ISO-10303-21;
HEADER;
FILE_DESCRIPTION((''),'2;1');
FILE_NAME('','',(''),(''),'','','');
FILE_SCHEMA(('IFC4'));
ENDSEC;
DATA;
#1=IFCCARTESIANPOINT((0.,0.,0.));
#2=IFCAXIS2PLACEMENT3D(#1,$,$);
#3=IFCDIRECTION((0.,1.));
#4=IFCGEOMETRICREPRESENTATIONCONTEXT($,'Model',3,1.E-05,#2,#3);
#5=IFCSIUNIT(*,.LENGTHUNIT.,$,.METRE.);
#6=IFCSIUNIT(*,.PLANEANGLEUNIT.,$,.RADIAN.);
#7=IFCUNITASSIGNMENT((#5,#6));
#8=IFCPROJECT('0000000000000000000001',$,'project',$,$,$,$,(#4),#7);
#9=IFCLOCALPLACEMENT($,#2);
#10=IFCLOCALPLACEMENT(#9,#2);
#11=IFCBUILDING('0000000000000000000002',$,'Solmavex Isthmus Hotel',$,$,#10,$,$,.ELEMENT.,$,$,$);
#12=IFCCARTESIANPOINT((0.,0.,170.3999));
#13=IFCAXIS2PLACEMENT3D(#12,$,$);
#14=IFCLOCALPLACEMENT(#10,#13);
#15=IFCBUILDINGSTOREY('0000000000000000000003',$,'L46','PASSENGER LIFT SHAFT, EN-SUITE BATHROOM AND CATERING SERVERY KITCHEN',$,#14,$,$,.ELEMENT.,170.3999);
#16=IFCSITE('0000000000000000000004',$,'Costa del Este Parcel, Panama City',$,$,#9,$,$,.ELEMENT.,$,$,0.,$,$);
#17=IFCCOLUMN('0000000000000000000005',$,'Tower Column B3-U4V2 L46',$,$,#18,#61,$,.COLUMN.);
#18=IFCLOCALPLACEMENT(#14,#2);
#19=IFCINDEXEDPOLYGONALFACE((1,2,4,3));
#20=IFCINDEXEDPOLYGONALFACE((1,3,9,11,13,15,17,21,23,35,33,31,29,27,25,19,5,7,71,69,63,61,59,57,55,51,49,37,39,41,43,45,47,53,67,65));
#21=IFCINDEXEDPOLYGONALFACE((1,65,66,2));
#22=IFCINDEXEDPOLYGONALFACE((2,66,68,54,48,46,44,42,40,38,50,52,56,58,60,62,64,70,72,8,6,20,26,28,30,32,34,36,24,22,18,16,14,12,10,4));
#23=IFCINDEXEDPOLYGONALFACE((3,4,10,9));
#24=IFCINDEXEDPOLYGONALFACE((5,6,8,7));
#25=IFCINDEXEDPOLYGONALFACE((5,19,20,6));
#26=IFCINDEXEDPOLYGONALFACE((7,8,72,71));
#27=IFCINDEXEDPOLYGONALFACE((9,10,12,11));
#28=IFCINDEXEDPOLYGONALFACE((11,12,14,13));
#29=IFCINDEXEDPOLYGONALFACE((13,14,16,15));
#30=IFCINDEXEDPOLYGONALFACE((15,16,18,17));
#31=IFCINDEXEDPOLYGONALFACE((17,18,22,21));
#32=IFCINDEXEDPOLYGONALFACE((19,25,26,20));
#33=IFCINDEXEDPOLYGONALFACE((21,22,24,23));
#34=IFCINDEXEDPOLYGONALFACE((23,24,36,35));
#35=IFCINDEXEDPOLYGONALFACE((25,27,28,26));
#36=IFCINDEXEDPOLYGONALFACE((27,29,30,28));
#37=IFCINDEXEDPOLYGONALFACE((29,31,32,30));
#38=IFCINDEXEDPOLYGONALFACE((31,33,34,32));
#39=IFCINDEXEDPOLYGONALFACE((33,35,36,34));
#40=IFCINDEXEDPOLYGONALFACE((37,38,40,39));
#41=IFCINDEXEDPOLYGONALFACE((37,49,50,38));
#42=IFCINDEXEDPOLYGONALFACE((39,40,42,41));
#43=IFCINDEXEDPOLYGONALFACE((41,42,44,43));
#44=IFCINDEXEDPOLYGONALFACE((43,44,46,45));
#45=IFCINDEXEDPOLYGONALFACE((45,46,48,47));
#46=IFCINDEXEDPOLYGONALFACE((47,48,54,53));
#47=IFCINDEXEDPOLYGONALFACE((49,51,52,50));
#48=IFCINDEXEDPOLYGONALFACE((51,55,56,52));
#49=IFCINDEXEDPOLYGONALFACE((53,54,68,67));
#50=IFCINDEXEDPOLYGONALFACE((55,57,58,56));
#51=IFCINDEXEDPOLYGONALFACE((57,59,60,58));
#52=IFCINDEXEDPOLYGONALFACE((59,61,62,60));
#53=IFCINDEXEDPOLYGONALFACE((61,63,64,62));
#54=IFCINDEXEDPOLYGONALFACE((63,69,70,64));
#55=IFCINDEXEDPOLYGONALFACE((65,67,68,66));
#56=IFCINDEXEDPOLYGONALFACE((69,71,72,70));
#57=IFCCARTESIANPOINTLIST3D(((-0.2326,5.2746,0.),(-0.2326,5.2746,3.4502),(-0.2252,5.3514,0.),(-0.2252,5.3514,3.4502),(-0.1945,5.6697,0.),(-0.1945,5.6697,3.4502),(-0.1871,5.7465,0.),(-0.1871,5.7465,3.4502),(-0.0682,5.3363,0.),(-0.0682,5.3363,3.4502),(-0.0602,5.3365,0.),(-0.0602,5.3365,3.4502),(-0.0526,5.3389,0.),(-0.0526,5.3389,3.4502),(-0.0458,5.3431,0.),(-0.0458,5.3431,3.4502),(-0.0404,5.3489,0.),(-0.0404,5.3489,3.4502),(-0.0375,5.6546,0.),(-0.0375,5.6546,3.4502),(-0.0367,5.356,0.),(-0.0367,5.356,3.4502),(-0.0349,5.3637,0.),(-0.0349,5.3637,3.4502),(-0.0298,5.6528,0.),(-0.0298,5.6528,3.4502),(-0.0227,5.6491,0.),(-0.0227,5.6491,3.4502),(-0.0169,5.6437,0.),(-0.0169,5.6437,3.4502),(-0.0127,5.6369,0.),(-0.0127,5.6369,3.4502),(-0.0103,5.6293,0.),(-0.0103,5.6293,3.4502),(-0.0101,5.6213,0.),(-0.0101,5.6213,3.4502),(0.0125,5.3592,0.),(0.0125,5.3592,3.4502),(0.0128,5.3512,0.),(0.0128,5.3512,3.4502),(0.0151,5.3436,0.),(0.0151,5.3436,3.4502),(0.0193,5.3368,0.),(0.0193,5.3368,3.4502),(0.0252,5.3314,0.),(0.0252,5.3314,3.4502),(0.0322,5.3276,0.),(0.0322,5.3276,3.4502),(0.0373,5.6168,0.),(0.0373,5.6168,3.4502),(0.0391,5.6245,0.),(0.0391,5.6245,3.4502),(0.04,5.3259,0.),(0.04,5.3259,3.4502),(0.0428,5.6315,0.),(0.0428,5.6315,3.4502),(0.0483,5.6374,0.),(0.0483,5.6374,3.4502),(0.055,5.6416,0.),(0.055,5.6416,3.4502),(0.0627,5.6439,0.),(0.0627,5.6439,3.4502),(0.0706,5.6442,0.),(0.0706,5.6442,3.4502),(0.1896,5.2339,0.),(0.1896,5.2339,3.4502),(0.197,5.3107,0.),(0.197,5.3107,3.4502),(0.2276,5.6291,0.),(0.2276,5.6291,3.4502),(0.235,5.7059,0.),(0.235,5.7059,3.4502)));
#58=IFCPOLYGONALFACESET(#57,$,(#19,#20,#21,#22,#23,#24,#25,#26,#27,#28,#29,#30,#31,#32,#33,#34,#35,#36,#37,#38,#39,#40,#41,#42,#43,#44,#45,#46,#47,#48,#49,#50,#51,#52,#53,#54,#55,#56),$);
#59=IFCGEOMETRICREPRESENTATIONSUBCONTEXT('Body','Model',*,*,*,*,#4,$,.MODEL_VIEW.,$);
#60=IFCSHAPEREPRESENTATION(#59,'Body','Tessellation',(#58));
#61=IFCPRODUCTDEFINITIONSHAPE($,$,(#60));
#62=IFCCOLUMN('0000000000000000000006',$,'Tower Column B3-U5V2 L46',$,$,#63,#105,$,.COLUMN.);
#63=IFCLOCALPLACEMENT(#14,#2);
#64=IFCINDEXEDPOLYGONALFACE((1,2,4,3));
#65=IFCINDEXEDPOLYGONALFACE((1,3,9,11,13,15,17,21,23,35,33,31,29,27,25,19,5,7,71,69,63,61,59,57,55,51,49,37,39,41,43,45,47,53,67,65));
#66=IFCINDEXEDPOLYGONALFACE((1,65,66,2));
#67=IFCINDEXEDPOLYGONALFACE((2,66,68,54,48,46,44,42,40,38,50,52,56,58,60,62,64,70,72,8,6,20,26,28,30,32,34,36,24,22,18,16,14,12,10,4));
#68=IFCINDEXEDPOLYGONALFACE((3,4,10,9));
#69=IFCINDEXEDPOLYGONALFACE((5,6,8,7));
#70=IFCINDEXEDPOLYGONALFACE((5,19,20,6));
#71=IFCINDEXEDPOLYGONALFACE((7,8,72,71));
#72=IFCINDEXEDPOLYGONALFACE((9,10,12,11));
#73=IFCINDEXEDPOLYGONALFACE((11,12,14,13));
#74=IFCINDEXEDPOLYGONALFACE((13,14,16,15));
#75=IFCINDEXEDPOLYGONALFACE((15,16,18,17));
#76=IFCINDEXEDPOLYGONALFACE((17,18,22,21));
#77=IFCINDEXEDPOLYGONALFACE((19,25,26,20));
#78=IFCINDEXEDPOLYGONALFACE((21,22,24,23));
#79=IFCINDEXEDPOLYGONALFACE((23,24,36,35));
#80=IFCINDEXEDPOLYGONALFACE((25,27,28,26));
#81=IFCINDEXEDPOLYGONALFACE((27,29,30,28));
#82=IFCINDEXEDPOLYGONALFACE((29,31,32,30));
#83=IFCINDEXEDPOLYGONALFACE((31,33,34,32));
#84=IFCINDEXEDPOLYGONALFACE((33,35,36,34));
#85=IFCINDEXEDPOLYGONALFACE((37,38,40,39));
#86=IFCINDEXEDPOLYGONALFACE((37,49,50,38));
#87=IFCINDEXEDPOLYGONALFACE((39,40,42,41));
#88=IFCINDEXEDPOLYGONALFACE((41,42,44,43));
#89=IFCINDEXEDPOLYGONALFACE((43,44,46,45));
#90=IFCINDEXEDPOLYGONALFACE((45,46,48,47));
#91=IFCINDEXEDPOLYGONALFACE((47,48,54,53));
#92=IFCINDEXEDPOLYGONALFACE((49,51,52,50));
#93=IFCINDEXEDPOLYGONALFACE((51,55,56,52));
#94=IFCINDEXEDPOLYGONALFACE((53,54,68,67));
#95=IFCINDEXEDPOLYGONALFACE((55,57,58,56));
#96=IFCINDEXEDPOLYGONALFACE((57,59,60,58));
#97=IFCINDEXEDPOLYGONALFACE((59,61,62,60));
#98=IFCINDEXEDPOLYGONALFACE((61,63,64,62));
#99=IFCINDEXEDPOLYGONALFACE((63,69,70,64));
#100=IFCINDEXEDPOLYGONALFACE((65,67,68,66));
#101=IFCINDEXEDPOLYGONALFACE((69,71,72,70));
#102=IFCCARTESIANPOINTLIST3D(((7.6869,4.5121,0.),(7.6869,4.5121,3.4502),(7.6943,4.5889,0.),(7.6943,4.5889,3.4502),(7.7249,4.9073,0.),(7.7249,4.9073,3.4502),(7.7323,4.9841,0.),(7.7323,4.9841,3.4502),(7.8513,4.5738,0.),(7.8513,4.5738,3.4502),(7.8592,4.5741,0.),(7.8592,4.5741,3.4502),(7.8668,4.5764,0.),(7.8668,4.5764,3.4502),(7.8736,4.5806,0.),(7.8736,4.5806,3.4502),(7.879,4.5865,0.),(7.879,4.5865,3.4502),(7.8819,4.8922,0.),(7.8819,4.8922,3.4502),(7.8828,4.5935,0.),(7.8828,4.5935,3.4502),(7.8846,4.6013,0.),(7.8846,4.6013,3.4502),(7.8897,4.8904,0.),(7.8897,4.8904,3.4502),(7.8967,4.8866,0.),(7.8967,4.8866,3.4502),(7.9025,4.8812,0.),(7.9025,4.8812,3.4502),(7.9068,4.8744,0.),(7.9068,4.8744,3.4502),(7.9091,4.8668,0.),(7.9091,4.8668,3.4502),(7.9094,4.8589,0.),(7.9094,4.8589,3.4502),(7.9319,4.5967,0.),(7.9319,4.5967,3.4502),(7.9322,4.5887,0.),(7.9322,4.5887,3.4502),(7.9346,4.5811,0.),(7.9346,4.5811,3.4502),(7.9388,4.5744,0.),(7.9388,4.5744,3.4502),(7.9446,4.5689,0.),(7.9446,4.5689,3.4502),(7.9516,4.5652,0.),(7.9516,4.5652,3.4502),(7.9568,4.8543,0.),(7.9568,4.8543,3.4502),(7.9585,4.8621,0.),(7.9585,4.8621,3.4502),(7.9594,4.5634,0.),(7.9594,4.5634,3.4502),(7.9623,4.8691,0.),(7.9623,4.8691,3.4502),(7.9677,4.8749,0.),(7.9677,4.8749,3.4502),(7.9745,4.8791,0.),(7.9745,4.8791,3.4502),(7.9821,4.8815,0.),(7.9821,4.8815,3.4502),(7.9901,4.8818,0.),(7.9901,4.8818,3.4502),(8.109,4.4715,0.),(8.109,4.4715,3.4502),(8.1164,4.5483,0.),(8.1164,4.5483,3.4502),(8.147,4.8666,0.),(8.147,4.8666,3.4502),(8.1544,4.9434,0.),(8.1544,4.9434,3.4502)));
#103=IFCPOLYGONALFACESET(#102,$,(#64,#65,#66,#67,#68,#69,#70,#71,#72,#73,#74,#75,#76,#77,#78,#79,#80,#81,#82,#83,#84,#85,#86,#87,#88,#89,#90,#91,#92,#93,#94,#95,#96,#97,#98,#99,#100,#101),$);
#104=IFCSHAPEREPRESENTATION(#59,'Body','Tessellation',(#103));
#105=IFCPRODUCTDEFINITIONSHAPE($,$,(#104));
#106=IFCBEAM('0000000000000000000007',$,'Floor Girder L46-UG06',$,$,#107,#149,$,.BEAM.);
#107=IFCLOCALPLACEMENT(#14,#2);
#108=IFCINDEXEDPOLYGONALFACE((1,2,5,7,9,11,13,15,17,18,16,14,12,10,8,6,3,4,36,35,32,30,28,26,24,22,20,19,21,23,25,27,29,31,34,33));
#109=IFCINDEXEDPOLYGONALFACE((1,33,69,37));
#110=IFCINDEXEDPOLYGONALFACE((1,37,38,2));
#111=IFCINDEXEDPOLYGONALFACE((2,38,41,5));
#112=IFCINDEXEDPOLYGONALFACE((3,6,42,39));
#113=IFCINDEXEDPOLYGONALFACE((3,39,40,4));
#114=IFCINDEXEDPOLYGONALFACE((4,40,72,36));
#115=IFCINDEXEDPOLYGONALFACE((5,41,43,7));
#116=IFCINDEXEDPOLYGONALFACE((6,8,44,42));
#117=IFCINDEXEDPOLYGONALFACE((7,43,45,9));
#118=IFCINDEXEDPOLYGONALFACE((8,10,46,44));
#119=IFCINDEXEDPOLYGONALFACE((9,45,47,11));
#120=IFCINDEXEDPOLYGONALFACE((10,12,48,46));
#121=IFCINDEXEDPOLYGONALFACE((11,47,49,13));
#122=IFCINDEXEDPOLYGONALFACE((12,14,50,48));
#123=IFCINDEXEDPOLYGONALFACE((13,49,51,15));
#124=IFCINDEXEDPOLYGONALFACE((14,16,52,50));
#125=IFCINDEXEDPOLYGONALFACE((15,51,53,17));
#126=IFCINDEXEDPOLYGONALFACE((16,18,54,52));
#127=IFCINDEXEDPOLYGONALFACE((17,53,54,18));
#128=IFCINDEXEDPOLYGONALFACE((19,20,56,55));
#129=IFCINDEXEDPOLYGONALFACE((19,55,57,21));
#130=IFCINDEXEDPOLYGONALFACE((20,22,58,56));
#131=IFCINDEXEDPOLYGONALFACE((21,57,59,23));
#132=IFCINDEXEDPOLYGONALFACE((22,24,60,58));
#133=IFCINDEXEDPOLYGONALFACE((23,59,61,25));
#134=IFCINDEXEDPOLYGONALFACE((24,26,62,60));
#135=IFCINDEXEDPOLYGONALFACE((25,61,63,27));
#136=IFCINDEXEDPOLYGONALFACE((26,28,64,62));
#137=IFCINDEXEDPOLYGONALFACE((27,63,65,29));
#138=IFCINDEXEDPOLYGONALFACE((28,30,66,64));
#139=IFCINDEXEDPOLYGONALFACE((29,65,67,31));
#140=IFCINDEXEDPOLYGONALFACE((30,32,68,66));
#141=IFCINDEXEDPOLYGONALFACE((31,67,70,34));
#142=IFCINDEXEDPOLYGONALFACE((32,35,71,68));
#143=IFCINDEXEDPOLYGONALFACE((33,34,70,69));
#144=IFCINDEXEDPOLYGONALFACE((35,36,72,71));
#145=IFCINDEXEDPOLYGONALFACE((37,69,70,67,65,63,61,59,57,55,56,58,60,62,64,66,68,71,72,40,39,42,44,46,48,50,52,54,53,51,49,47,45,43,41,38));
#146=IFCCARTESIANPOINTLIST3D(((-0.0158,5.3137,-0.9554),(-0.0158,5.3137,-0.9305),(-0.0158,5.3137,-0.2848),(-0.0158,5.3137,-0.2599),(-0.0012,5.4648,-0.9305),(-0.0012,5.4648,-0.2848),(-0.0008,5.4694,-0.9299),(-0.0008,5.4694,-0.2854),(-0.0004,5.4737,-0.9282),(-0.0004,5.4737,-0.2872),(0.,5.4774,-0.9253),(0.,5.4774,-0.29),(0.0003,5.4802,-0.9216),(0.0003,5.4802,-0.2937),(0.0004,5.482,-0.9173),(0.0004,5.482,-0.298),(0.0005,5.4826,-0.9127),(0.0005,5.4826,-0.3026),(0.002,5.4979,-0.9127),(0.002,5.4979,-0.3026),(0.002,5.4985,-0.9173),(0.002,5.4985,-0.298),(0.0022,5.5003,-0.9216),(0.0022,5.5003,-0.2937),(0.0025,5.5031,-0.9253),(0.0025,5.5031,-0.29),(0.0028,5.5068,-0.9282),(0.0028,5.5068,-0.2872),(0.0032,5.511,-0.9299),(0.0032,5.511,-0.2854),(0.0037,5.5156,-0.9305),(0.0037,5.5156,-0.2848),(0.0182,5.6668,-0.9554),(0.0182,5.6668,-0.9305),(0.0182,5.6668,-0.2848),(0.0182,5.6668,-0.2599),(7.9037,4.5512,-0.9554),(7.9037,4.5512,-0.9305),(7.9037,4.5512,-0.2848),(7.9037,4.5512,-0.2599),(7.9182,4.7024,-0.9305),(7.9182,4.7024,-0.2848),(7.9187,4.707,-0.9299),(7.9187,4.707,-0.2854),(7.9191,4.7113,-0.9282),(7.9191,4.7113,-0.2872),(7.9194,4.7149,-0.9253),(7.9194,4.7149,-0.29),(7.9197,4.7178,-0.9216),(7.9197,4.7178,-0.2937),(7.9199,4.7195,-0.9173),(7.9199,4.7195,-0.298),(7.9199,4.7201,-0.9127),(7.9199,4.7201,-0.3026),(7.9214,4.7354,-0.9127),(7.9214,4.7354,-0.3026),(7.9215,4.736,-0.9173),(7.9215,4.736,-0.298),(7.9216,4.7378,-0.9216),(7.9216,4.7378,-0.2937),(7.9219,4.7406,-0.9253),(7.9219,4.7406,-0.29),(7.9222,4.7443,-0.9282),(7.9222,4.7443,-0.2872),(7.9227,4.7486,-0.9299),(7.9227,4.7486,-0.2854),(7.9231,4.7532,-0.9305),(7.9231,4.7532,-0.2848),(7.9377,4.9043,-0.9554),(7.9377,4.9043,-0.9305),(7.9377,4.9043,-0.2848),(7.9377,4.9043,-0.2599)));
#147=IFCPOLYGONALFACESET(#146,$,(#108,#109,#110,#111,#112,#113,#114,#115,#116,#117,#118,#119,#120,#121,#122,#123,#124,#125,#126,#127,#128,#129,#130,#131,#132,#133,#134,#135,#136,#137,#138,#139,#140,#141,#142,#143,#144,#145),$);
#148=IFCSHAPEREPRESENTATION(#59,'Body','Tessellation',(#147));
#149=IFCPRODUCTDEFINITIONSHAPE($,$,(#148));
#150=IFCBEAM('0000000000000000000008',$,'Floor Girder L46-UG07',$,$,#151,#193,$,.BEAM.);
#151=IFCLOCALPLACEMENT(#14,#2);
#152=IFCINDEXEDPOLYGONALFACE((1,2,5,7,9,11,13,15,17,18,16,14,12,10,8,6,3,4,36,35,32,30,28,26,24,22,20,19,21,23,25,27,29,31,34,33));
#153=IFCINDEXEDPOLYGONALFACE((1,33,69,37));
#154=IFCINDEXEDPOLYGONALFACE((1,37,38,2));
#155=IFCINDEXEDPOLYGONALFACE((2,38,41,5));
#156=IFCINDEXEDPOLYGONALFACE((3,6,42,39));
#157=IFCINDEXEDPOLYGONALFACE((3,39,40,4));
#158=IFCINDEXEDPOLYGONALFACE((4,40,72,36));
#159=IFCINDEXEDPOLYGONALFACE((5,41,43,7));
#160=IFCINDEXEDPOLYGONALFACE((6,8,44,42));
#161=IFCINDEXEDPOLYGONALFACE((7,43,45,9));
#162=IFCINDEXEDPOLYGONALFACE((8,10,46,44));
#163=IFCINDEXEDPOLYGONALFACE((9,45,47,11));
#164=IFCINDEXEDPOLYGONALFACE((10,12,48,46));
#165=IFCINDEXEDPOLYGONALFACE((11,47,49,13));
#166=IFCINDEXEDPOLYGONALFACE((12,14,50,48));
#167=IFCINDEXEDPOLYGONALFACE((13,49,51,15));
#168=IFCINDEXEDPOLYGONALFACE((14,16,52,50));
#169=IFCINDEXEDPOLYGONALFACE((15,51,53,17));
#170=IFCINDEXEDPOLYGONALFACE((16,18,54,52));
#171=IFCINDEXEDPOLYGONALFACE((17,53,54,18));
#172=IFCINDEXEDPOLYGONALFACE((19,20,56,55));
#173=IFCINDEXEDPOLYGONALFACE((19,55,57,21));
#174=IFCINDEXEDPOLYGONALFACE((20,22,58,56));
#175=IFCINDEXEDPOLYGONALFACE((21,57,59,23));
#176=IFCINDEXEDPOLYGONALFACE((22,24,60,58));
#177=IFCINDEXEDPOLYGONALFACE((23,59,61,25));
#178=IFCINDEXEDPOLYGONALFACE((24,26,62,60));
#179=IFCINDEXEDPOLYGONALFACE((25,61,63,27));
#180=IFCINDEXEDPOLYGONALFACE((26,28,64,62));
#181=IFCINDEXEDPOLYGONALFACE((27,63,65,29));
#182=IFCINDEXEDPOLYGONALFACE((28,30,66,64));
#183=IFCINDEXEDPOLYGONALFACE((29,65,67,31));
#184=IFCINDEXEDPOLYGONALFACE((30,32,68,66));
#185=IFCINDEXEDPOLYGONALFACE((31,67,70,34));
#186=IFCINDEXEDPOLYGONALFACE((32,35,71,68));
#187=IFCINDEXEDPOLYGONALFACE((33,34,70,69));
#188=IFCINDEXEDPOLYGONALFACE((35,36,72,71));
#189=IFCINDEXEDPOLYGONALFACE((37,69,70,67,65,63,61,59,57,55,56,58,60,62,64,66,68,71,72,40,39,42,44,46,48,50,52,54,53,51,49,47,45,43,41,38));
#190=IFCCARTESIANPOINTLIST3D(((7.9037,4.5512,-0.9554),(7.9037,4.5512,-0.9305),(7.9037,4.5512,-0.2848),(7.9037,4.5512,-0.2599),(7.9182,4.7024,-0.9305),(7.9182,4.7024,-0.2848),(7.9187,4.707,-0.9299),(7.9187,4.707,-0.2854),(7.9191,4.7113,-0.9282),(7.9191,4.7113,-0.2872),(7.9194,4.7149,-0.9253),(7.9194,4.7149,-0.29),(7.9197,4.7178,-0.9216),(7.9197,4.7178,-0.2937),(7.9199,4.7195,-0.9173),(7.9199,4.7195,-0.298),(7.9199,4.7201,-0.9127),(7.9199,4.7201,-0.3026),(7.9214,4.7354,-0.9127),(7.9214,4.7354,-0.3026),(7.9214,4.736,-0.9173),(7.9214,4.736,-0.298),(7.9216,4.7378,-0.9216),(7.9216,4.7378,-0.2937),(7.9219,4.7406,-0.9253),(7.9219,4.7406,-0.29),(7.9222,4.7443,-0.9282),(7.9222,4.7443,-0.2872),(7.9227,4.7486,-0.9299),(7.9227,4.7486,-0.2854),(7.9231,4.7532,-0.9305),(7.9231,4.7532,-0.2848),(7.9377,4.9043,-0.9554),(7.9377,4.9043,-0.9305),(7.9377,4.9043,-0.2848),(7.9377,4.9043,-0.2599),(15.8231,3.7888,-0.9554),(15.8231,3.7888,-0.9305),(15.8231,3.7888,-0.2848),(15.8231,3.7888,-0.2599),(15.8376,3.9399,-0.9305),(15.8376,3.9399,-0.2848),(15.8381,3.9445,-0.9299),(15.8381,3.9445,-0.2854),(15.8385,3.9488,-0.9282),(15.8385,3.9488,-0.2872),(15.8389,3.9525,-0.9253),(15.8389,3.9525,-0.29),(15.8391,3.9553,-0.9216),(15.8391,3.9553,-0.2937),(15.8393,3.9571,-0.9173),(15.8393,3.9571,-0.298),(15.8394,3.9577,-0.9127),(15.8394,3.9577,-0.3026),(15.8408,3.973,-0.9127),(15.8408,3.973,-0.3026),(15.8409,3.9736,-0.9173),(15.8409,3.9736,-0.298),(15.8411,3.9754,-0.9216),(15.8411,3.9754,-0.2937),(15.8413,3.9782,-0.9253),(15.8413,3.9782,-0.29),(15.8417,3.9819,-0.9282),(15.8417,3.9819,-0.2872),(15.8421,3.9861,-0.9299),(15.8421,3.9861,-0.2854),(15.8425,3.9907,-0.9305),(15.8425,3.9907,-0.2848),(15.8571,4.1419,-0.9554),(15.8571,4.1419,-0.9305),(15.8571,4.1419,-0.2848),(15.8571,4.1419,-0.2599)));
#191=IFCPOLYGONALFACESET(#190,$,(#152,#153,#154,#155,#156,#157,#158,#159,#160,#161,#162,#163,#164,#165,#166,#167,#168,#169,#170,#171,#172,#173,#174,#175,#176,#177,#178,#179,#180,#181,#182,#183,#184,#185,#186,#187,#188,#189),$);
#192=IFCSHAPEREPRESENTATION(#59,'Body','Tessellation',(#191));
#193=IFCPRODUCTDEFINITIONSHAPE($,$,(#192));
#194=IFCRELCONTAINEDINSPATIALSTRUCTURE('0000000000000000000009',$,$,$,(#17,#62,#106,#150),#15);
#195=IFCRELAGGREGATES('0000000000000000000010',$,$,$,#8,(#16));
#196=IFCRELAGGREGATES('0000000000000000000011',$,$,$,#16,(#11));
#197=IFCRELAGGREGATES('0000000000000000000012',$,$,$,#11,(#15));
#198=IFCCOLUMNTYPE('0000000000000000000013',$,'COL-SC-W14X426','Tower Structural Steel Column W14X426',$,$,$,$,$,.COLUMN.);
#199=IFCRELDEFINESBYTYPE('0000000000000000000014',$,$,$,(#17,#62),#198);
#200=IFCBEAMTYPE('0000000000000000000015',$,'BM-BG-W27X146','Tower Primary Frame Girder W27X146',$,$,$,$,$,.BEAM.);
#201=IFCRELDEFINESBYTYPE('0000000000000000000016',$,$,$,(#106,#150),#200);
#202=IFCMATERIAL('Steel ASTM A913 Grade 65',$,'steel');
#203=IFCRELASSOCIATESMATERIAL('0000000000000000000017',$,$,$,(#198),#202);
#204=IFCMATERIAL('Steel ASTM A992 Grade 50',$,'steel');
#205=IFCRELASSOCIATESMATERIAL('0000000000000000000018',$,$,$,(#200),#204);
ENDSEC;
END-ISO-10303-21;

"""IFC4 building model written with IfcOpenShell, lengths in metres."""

from ifc_helpers import new_model, si_unit, direction, frame, origin, origin_2d, place, context, subcontext, project, spatial, i_section, extrude, material, material_profile, profile_set, type_object, element, save


model = new_model("IFC4")

# Units and contexts
model_context = context("Model", 3, precision=1e-05, world=origin(), true_north=direction((0.0, 1.0)))
body_context = subcontext(model_context, "Body", "Model", "MODEL_VIEW")
ifc_project = project(units=[si_unit("LENGTHUNIT", "METRE"), si_unit("PLANEANGLEUNIT", "RADIAN")], contexts=[model_context])

# Site, building, storey
site_placement = place(None, origin())
site = spatial("IfcSite", under=ifc_project, at=site_placement, Name="Costa del Este Parcel, Panama City", CompositionType="ELEMENT", RefElevation=0.0)
building_placement = place(site_placement, origin())
building = spatial("IfcBuilding", under=site, at=building_placement, Name="Solmavex Isthmus Hotel", CompositionType="ELEMENT")
storey_placement = place(building_placement, frame((0.0, 0.0, 170.3999)))
storey = spatial("IfcBuildingStorey", under=building, at=storey_placement, Name="L46", Description="PASSENGER LIFT SHAFT, EN-SUITE BATHROOM AND CATERING SERVERY KITCHEN", CompositionType="ELEMENT", Elevation=170.3999)

# Columns
ifc_material_1 = material(Name="Steel ASTM A913 Grade 65", Category="steel")
ifc_material_profile_1 = material_profile(ifc_material_1, i_section(OverallWidth=0.4241, OverallDepth=0.4741, WebThickness=0.0476, FlangeThickness=0.0771, FilletRadius=0.0305, at=origin_2d()), Name="W14X426")
ifc_profile_set_1 = profile_set([ifc_material_profile_1], Name="Steel ASTM A913 Grade 65")
column_type = type_object("IfcColumnType", Name="COL-SC-W14X426", Description="Tower Structural Steel Column W14X426", PredefinedType="COLUMN", material=ifc_profile_set_1)
for number, where, z_axis, x_axis, name in (
    (1, (0.0012, 5.4902, 0.0), (0.0, 0.0, 1.0), (0.995396, -0.095846, 0.0), "Tower Column B3-U4V2 L46"),
    (2, (7.9207, 4.7278, 0.0), (0.0, 0.0, 1.0), (0.995396, -0.095846, 0.0), "Tower Column B3-U5V2 L46"),
):
    element("IfcColumn", number, at=place(storey_placement, frame(where, z_axis=z_axis, x_axis=x_axis)), inside=storey, type_object=column_type, Name=name, PredefinedType="COLUMN", context=body_context, shape_type="SweptSolid", body=[
        extrude(i_section(OverallWidth=0.4241, OverallDepth=0.4741, WebThickness=0.0476, FlangeThickness=0.0771, FilletRadius=0.0305, at=origin_2d()), origin(), (0.0, 0.0, 1.0), 3.4502),
    ])

# Beams
ifc_material_2 = material(Name="Steel ASTM A992 Grade 50", Category="steel")
ifc_material_profile_2 = material_profile(ifc_material_2, i_section(OverallWidth=0.3547, OverallDepth=0.6956, WebThickness=0.0154, FlangeThickness=0.0249, FilletRadius=0.0178, at=origin_2d()), Name="W27X146")
ifc_profile_set_2 = profile_set([ifc_material_profile_2], Name="Steel ASTM A992 Grade 50")
beam_type_1 = type_object("IfcBeamType", Name="BM-BG-W27X146", Description="Tower Primary Frame Girder W27X146", PredefinedType="BEAM", material=ifc_profile_set_2)
for number, where, z_axis, x_axis, name in (
    (3, (0.0012, 5.4902, -0.6077), (0.995397, -0.095833, 0.0), (0.095833, 0.995397, 0.0), "Floor Girder L46-UG06"),
    (4, (7.9207, 4.7278, -0.6077), (0.995397, -0.095833, 0.0), (0.095833, 0.995397, 0.0), "Floor Girder L46-UG07"),
):
    element("IfcBeam", number, at=place(storey_placement, frame(where, z_axis=z_axis, x_axis=x_axis)), inside=storey, type_object=beam_type_1, Name=name, PredefinedType="BEAM", context=body_context, shape_type="SweptSolid", body=[
        extrude(i_section(OverallWidth=0.3547, OverallDepth=0.6956, WebThickness=0.0154, FlangeThickness=0.0249, FilletRadius=0.0178, at=origin_2d()), origin(), (0.0, 0.0, 1.0), 7.9561),
    ])

save(model, "model.ifc")
